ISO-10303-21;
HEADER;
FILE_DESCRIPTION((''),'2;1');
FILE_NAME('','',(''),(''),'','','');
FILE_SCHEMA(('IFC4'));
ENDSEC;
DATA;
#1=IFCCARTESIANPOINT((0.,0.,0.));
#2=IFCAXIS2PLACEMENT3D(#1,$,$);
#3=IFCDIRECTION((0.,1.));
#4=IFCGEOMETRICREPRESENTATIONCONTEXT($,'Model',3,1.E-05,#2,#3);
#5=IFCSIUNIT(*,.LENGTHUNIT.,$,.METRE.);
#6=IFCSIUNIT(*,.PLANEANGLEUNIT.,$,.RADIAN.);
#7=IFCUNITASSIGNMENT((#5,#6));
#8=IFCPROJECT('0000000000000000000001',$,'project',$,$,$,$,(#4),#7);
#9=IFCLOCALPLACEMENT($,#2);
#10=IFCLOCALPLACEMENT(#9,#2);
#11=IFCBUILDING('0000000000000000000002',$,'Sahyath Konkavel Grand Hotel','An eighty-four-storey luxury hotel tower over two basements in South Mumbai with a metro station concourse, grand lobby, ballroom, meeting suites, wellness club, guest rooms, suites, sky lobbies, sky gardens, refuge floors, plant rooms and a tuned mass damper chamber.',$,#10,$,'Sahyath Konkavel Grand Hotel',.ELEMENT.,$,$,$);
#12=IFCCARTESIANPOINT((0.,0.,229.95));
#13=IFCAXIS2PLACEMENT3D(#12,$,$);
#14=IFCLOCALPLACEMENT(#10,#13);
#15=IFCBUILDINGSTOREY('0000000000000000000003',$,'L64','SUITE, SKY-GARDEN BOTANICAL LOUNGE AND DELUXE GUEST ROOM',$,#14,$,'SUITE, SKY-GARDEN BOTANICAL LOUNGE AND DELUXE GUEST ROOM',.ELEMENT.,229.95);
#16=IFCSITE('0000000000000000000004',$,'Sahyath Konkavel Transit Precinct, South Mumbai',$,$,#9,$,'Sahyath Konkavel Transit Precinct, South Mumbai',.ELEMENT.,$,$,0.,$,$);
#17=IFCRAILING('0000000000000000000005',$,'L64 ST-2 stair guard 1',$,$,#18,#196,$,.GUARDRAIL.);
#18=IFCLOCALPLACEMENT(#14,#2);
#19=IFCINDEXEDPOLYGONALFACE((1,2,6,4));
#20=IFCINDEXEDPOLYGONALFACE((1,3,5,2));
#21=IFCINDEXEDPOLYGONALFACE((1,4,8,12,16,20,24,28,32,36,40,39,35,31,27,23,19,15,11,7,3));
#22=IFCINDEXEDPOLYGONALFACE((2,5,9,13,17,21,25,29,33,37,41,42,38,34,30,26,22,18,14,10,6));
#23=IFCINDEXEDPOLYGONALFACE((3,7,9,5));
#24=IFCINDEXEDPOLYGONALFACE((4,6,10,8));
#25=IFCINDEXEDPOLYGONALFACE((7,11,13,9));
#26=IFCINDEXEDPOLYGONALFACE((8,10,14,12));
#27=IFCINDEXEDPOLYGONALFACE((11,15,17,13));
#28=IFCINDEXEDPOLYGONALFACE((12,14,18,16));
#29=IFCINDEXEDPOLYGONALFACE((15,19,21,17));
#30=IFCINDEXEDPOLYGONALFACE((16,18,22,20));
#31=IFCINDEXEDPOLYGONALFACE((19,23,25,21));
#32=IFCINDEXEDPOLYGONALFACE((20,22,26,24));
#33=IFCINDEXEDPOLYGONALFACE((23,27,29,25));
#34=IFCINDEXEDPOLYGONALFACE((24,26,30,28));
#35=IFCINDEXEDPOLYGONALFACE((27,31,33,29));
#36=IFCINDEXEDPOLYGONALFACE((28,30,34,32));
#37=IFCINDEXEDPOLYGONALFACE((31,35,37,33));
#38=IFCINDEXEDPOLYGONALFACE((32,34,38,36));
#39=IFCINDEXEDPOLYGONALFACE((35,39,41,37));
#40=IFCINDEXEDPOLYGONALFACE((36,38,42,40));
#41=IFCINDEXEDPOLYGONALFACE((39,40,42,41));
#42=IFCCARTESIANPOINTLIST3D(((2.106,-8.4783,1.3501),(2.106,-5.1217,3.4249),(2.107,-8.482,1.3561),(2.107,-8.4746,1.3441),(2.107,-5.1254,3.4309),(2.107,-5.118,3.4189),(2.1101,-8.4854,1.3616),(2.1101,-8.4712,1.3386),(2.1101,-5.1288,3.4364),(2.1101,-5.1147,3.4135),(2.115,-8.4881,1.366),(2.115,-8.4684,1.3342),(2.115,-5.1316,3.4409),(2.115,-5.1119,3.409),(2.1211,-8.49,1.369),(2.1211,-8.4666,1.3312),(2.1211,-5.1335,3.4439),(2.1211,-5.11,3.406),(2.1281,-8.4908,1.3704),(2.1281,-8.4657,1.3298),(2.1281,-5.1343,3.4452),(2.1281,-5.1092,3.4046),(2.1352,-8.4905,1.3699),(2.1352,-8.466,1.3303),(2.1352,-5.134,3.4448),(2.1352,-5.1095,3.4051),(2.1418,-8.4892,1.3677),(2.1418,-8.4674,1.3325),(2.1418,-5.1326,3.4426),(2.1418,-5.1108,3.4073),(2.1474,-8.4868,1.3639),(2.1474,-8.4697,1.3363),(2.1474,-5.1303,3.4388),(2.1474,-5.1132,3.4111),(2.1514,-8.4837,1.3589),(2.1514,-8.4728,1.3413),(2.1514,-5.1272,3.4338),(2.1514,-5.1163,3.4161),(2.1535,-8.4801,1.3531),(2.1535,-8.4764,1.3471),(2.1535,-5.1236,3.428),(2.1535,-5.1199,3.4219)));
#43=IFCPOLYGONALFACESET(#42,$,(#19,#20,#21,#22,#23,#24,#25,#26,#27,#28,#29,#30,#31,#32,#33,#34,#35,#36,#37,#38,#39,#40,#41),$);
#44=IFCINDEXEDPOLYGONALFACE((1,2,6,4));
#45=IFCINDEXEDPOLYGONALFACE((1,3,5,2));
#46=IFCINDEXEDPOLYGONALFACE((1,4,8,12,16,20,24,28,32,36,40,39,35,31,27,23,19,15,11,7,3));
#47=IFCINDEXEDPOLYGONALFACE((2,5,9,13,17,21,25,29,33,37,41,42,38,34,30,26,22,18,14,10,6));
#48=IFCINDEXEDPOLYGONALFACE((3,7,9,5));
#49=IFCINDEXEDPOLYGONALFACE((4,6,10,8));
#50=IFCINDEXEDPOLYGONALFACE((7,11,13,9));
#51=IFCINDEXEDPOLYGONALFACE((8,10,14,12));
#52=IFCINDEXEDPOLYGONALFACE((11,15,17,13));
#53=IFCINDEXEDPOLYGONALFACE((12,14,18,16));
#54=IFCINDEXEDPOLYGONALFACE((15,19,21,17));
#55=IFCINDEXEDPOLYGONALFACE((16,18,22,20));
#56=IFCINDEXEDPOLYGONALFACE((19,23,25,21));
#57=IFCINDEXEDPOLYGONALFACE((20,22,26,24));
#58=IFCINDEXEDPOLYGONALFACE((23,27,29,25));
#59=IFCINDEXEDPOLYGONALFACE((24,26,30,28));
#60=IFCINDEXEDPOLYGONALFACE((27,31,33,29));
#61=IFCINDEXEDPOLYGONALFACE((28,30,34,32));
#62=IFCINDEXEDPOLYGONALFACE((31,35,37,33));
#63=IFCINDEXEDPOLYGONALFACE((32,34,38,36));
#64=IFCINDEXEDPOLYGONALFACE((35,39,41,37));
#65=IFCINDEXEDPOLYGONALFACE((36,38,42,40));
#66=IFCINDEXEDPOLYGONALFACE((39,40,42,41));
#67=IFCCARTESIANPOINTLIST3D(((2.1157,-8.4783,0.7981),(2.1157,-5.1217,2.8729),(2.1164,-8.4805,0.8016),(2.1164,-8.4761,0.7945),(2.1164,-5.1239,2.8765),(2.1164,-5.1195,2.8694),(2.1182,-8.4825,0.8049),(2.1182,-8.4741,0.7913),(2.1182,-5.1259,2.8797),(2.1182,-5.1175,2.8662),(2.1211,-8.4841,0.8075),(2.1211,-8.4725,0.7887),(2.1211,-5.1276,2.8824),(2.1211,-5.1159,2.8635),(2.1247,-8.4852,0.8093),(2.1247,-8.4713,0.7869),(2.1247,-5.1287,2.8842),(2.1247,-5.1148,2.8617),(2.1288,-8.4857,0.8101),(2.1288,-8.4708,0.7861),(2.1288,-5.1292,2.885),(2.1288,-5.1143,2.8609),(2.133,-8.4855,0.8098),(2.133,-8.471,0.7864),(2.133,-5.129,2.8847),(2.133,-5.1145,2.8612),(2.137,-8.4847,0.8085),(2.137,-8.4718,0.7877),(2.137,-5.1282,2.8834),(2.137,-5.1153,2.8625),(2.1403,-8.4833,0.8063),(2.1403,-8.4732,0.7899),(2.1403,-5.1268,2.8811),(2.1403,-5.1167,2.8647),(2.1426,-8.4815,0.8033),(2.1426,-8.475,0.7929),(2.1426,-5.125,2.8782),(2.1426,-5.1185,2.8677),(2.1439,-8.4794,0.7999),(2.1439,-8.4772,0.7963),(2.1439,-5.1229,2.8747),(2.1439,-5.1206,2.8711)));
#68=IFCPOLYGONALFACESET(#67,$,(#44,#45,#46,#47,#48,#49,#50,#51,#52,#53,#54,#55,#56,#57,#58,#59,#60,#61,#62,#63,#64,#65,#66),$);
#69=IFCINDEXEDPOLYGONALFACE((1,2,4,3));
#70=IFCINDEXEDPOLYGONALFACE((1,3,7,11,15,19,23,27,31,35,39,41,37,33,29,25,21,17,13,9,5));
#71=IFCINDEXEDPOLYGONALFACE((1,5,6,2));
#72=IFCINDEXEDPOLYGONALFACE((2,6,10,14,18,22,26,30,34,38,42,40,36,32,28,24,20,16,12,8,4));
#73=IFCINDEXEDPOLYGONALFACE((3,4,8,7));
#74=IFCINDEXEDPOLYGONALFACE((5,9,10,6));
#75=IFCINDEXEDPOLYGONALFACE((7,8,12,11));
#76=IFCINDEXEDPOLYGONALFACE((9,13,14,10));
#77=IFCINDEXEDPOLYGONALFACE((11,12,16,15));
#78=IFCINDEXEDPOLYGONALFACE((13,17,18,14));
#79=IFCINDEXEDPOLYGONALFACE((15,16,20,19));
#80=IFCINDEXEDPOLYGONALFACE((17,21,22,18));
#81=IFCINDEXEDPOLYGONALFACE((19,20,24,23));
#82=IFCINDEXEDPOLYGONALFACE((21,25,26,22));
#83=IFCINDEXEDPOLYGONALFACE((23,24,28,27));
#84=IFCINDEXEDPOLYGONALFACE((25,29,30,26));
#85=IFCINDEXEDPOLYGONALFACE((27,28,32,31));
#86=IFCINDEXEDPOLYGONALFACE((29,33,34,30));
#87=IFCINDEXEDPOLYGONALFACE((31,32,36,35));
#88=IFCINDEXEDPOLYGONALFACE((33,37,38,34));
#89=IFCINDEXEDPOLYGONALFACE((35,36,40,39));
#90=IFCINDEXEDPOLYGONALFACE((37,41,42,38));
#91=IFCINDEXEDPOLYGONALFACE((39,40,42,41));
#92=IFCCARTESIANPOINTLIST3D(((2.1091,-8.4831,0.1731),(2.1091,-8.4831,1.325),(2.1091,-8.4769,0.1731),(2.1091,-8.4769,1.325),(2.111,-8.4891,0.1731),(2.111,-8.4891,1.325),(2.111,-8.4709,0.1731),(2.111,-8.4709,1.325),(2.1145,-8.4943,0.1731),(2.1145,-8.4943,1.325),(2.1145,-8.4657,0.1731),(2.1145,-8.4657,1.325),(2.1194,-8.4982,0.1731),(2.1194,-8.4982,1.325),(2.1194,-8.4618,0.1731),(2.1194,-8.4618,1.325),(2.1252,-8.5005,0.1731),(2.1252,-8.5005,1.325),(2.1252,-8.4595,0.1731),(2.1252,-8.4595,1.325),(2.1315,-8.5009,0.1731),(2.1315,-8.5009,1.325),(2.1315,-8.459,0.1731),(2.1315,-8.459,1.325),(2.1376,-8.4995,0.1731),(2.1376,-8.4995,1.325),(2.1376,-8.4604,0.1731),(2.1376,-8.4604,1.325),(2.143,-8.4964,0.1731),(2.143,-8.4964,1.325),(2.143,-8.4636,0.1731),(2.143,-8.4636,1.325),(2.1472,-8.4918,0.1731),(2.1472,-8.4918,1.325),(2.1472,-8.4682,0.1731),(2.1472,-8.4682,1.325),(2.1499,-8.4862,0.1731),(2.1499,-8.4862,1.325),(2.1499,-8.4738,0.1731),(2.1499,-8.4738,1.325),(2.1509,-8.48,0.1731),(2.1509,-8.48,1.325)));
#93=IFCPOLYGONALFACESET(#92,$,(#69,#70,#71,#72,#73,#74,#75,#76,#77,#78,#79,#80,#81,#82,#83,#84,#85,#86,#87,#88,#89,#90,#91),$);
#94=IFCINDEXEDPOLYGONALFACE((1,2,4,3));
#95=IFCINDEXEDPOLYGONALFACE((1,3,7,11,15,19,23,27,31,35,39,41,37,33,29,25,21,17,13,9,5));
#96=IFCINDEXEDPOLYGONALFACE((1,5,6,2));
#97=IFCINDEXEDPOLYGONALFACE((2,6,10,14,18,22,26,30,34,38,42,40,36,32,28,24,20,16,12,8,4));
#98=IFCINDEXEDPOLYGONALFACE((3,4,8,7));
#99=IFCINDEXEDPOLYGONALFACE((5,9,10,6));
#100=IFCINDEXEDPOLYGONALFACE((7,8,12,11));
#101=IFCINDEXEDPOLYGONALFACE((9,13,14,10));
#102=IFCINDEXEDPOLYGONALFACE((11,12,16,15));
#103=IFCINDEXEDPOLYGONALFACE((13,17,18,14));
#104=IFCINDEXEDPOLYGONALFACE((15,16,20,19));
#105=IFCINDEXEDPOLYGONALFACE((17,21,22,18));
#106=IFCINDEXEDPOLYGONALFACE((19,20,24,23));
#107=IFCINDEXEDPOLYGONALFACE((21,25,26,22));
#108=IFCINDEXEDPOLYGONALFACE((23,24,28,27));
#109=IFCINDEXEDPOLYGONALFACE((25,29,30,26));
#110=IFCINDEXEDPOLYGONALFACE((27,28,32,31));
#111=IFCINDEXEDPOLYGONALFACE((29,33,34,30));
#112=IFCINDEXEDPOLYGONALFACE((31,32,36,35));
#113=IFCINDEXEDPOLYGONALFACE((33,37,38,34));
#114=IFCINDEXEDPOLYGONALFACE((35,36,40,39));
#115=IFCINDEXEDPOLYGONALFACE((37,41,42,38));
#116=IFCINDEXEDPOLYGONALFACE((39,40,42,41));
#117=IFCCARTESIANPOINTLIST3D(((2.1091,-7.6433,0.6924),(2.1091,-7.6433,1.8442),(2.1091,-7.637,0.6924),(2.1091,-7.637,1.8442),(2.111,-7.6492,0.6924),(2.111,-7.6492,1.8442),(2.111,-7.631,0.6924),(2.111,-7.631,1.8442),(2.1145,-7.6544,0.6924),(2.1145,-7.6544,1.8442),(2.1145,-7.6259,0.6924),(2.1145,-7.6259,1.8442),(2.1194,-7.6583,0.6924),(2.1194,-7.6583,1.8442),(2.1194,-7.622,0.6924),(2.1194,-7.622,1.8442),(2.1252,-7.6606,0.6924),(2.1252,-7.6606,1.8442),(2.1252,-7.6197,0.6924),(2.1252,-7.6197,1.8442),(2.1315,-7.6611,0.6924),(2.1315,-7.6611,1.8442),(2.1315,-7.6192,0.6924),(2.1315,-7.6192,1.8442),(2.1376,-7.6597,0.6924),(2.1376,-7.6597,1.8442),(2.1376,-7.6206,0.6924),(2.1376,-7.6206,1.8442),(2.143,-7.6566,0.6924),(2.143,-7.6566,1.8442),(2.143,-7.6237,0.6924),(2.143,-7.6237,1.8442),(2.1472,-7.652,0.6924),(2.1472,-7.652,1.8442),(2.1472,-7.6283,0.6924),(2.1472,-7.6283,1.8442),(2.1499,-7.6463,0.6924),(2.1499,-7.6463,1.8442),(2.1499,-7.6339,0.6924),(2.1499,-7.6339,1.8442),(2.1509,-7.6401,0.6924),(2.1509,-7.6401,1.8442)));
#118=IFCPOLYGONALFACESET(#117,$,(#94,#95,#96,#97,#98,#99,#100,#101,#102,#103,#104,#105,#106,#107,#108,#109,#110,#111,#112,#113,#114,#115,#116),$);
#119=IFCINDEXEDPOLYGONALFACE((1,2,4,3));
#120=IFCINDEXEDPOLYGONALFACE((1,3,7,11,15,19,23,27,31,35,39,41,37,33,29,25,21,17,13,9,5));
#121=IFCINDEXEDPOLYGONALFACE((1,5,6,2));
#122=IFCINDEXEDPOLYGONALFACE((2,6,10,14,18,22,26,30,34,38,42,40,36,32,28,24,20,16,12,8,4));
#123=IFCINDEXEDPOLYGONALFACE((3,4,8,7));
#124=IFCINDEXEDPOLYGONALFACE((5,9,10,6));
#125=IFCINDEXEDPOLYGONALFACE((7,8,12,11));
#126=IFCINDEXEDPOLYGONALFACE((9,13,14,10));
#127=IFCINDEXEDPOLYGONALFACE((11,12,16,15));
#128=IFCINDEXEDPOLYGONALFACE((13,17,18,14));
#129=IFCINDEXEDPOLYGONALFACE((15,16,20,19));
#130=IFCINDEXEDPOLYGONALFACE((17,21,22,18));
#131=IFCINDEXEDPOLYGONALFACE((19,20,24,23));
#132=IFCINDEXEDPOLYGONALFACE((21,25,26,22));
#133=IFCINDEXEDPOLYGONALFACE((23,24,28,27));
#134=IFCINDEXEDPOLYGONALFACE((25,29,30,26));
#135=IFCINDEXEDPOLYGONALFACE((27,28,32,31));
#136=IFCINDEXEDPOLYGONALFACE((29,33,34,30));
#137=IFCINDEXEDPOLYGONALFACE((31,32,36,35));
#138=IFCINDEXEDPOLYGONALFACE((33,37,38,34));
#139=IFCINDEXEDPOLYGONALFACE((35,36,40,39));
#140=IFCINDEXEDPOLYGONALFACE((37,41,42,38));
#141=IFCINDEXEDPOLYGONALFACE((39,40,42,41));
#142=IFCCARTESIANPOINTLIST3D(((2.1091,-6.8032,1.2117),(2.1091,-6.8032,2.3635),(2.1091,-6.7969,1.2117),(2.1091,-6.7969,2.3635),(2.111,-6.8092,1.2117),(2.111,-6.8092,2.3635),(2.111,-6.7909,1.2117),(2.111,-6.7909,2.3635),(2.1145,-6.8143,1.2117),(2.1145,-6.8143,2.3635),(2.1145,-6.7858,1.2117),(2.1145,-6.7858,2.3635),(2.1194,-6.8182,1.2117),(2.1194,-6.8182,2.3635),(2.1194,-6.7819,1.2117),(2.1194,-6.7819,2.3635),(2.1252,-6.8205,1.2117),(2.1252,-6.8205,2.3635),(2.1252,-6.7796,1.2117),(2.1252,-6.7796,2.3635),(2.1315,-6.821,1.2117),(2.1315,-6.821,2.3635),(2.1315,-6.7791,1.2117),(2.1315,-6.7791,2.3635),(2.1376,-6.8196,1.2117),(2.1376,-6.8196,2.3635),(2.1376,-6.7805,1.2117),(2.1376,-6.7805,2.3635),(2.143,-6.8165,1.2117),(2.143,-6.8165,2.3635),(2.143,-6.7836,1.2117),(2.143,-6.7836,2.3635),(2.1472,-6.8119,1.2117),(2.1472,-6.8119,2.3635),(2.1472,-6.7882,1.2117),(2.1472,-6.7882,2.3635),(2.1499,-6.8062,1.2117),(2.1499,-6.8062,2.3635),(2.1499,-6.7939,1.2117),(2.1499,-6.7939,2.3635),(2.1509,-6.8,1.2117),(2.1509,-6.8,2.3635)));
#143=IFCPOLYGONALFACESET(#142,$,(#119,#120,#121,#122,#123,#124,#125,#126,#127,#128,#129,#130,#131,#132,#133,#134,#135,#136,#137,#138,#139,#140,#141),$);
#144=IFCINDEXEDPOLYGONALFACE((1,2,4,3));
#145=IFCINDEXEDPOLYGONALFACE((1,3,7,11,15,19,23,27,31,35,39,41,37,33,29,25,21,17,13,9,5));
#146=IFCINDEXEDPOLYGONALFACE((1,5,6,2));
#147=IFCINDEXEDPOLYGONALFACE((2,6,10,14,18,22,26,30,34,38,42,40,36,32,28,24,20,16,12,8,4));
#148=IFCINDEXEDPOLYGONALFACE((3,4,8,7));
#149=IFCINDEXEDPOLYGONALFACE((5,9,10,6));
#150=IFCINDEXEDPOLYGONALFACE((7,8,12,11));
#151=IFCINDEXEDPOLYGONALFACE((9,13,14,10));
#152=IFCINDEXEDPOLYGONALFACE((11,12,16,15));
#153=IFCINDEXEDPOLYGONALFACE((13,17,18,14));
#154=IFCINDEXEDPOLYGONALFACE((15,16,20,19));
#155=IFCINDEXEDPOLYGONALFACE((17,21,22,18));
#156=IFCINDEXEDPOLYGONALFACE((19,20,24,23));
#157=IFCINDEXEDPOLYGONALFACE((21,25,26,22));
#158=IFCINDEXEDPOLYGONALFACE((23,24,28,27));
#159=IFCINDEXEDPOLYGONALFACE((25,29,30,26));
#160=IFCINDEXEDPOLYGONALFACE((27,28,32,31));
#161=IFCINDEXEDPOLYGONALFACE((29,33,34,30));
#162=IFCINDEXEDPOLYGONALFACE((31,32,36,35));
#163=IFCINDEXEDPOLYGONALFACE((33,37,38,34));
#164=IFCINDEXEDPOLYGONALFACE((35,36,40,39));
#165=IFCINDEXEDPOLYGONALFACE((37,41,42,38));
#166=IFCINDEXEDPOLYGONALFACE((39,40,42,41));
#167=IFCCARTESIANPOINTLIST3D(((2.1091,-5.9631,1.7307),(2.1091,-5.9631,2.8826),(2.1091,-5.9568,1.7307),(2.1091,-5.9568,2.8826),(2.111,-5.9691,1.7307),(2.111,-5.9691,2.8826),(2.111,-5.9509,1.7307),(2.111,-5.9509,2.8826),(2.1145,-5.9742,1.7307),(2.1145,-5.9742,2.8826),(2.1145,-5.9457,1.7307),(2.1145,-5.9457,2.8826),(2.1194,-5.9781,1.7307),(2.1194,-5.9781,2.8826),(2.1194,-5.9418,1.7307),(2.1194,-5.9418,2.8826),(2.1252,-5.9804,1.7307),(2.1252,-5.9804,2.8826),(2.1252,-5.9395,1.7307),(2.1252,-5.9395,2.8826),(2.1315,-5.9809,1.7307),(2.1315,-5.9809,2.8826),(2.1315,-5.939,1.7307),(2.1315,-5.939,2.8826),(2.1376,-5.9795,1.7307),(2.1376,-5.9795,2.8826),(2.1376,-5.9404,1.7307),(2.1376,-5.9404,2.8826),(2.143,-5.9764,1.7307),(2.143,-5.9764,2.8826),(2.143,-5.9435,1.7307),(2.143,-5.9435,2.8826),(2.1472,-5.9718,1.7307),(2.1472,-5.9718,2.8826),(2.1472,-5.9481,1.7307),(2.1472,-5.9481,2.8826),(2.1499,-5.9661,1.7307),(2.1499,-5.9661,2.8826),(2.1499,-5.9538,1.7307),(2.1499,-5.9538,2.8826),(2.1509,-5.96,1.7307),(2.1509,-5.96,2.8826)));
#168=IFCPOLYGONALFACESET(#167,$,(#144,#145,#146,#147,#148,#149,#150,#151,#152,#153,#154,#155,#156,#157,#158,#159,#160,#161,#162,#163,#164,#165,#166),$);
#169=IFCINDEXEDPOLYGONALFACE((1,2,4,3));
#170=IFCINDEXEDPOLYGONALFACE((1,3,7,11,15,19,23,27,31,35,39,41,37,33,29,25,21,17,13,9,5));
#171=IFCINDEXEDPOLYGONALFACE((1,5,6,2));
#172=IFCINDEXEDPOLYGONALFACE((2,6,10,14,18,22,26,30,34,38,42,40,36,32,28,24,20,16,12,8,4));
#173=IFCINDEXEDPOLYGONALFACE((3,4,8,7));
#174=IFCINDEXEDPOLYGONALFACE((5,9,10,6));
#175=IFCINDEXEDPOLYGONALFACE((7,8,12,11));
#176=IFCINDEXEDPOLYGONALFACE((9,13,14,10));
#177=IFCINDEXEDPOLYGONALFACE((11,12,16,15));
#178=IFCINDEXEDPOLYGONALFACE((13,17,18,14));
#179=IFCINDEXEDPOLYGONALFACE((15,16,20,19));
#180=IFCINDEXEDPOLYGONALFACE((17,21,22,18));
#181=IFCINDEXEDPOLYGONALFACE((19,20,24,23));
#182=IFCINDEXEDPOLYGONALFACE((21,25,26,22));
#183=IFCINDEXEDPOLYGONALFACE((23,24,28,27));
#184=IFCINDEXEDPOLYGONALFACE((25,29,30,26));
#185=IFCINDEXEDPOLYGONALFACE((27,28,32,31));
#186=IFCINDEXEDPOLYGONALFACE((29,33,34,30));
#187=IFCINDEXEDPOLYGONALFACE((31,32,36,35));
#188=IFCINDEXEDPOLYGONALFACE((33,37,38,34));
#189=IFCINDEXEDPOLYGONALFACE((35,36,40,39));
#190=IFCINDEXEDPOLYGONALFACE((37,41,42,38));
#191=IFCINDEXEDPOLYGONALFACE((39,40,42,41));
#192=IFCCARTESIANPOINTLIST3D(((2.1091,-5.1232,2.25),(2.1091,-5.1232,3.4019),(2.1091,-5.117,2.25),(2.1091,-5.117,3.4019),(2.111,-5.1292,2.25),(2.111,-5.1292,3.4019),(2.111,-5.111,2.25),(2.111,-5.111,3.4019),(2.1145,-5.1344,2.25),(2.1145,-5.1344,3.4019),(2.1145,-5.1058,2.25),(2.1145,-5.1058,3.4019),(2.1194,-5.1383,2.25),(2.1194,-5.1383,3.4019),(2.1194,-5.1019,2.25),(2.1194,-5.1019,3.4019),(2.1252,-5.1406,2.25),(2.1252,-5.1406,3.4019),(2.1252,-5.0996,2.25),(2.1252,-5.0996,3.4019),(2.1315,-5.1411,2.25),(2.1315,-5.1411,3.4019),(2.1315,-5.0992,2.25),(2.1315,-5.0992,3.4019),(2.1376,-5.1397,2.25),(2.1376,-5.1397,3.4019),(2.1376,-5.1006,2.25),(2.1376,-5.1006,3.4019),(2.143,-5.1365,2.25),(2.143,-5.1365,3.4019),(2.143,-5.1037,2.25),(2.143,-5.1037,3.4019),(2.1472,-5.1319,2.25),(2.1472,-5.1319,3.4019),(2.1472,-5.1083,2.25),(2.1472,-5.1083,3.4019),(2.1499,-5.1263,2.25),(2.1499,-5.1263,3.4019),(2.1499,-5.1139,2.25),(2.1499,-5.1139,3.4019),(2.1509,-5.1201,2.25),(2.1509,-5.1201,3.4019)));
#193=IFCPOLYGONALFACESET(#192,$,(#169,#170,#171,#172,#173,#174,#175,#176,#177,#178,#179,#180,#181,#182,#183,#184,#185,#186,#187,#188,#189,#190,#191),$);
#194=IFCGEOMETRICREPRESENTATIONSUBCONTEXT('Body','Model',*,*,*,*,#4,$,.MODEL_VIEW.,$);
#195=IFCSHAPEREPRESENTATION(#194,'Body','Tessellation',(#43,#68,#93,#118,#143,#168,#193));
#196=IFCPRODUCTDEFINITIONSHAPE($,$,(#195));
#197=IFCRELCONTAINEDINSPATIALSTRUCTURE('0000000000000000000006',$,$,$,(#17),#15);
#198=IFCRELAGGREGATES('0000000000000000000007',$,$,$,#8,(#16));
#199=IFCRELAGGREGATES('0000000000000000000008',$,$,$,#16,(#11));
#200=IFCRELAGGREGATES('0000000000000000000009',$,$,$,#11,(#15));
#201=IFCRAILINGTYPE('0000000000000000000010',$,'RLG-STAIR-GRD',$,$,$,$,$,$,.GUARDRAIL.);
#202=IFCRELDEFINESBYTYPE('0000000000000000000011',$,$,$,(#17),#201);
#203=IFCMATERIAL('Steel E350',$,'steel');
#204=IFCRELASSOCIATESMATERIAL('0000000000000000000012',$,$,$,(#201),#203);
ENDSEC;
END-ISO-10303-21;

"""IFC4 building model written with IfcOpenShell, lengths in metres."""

from ifc_helpers import new_model, si_unit, direction, frame, origin, origin_2d, place, context, subcontext, project, spatial, circle, extrude, material, type_object, element, save


model = new_model("IFC4")

# Units and contexts
model_context = context("Model", 3, precision=1e-05, world=origin(), true_north=direction((0.0, 1.0)))
body_context = subcontext(model_context, "Body", "Model", "MODEL_VIEW")
ifc_project = project(units=[si_unit("LENGTHUNIT", "METRE"), si_unit("PLANEANGLEUNIT", "RADIAN")], contexts=[model_context])

# Site, building, storey
site_placement = place(None, origin())
site = spatial("IfcSite", under=ifc_project, at=site_placement, Name="Sahyath Konkavel Transit Precinct, South Mumbai", LongName="Sahyath Konkavel Transit Precinct, South Mumbai", CompositionType="ELEMENT", RefElevation=0.0)
building_placement = place(site_placement, origin())
building = spatial("IfcBuilding", under=site, at=building_placement, Name="Sahyath Konkavel Grand Hotel", Description="An eighty-four-storey luxury hotel tower over two basements in South Mumbai with a metro station concourse, grand lobby, ballroom, meeting suites, wellness club, guest rooms, suites, sky lobbies, sky gardens, refuge floors, plant rooms and a tuned mass damper chamber.", LongName="Sahyath Konkavel Grand Hotel", CompositionType="ELEMENT")
storey_placement = place(building_placement, frame((0.0, 0.0, 229.95)))
storey = spatial("IfcBuildingStorey", under=building, at=storey_placement, Name="L64", Description="SUITE, SKY-GARDEN BOTANICAL LOUNGE AND DELUXE GUEST ROOM", LongName="SUITE, SKY-GARDEN BOTANICAL LOUNGE AND DELUXE GUEST ROOM", CompositionType="ELEMENT", Elevation=229.95)

# Shared definitions
ifc_material_1 = material(Name="Steel E350", Category="steel")

# Railing
railing_type_1 = type_object("IfcRailingType", Name="RLG-STAIR-GRD", PredefinedType="GUARDRAIL", material=ifc_material_1)
railing_1_placement = place(storey_placement, frame((2.1299, -8.48, 0.1731)))
element("IfcRailing", 1, at=railing_1_placement, inside=storey, type_object=railing_type_1, Name="L64 ST-2 stair guard 1", PredefinedType="GUARDRAIL", context=body_context, shape_type="SweptSolid", body=[
    extrude(circle(Radius=0.0239, at=origin_2d()), frame((0.0, 0.0017, 1.177), z_axis=(0.0, 0.850606, 0.525803), x_axis=(-1.0, 0.0, 0.0)), (0.0, 0.0, 1.0), 3.946),
    extrude(circle(Radius=0.0142, at=origin_2d()), frame((0.0, 0.0017, 0.625), z_axis=(0.0, 0.850606, 0.525803), x_axis=(-1.0, 0.0, 0.0)), (0.0, 0.0, 1.0), 3.946),
    extrude(circle(Radius=0.021, at=origin_2d()), origin(), (0.0, 0.0, 1.0), 1.1519),
    extrude(circle(Radius=0.021, at=origin_2d()), frame((0.0, 0.8398, 0.5193)), (0.0, 0.0, 1.0), 1.1519),
    extrude(circle(Radius=0.021, at=origin_2d()), frame((0.0, 1.6799, 1.0386)), (0.0, 0.0, 1.0), 1.1519),
    extrude(circle(Radius=0.021, at=origin_2d()), frame((0.0, 2.52, 1.5576)), (0.0, 0.0, 1.0), 1.1519),
    extrude(circle(Radius=0.021, at=origin_2d()), frame((0.0, 3.3599, 2.0769)), (0.0, 0.0, 1.0), 1.1519),
])

save(model, "model.ifc")
